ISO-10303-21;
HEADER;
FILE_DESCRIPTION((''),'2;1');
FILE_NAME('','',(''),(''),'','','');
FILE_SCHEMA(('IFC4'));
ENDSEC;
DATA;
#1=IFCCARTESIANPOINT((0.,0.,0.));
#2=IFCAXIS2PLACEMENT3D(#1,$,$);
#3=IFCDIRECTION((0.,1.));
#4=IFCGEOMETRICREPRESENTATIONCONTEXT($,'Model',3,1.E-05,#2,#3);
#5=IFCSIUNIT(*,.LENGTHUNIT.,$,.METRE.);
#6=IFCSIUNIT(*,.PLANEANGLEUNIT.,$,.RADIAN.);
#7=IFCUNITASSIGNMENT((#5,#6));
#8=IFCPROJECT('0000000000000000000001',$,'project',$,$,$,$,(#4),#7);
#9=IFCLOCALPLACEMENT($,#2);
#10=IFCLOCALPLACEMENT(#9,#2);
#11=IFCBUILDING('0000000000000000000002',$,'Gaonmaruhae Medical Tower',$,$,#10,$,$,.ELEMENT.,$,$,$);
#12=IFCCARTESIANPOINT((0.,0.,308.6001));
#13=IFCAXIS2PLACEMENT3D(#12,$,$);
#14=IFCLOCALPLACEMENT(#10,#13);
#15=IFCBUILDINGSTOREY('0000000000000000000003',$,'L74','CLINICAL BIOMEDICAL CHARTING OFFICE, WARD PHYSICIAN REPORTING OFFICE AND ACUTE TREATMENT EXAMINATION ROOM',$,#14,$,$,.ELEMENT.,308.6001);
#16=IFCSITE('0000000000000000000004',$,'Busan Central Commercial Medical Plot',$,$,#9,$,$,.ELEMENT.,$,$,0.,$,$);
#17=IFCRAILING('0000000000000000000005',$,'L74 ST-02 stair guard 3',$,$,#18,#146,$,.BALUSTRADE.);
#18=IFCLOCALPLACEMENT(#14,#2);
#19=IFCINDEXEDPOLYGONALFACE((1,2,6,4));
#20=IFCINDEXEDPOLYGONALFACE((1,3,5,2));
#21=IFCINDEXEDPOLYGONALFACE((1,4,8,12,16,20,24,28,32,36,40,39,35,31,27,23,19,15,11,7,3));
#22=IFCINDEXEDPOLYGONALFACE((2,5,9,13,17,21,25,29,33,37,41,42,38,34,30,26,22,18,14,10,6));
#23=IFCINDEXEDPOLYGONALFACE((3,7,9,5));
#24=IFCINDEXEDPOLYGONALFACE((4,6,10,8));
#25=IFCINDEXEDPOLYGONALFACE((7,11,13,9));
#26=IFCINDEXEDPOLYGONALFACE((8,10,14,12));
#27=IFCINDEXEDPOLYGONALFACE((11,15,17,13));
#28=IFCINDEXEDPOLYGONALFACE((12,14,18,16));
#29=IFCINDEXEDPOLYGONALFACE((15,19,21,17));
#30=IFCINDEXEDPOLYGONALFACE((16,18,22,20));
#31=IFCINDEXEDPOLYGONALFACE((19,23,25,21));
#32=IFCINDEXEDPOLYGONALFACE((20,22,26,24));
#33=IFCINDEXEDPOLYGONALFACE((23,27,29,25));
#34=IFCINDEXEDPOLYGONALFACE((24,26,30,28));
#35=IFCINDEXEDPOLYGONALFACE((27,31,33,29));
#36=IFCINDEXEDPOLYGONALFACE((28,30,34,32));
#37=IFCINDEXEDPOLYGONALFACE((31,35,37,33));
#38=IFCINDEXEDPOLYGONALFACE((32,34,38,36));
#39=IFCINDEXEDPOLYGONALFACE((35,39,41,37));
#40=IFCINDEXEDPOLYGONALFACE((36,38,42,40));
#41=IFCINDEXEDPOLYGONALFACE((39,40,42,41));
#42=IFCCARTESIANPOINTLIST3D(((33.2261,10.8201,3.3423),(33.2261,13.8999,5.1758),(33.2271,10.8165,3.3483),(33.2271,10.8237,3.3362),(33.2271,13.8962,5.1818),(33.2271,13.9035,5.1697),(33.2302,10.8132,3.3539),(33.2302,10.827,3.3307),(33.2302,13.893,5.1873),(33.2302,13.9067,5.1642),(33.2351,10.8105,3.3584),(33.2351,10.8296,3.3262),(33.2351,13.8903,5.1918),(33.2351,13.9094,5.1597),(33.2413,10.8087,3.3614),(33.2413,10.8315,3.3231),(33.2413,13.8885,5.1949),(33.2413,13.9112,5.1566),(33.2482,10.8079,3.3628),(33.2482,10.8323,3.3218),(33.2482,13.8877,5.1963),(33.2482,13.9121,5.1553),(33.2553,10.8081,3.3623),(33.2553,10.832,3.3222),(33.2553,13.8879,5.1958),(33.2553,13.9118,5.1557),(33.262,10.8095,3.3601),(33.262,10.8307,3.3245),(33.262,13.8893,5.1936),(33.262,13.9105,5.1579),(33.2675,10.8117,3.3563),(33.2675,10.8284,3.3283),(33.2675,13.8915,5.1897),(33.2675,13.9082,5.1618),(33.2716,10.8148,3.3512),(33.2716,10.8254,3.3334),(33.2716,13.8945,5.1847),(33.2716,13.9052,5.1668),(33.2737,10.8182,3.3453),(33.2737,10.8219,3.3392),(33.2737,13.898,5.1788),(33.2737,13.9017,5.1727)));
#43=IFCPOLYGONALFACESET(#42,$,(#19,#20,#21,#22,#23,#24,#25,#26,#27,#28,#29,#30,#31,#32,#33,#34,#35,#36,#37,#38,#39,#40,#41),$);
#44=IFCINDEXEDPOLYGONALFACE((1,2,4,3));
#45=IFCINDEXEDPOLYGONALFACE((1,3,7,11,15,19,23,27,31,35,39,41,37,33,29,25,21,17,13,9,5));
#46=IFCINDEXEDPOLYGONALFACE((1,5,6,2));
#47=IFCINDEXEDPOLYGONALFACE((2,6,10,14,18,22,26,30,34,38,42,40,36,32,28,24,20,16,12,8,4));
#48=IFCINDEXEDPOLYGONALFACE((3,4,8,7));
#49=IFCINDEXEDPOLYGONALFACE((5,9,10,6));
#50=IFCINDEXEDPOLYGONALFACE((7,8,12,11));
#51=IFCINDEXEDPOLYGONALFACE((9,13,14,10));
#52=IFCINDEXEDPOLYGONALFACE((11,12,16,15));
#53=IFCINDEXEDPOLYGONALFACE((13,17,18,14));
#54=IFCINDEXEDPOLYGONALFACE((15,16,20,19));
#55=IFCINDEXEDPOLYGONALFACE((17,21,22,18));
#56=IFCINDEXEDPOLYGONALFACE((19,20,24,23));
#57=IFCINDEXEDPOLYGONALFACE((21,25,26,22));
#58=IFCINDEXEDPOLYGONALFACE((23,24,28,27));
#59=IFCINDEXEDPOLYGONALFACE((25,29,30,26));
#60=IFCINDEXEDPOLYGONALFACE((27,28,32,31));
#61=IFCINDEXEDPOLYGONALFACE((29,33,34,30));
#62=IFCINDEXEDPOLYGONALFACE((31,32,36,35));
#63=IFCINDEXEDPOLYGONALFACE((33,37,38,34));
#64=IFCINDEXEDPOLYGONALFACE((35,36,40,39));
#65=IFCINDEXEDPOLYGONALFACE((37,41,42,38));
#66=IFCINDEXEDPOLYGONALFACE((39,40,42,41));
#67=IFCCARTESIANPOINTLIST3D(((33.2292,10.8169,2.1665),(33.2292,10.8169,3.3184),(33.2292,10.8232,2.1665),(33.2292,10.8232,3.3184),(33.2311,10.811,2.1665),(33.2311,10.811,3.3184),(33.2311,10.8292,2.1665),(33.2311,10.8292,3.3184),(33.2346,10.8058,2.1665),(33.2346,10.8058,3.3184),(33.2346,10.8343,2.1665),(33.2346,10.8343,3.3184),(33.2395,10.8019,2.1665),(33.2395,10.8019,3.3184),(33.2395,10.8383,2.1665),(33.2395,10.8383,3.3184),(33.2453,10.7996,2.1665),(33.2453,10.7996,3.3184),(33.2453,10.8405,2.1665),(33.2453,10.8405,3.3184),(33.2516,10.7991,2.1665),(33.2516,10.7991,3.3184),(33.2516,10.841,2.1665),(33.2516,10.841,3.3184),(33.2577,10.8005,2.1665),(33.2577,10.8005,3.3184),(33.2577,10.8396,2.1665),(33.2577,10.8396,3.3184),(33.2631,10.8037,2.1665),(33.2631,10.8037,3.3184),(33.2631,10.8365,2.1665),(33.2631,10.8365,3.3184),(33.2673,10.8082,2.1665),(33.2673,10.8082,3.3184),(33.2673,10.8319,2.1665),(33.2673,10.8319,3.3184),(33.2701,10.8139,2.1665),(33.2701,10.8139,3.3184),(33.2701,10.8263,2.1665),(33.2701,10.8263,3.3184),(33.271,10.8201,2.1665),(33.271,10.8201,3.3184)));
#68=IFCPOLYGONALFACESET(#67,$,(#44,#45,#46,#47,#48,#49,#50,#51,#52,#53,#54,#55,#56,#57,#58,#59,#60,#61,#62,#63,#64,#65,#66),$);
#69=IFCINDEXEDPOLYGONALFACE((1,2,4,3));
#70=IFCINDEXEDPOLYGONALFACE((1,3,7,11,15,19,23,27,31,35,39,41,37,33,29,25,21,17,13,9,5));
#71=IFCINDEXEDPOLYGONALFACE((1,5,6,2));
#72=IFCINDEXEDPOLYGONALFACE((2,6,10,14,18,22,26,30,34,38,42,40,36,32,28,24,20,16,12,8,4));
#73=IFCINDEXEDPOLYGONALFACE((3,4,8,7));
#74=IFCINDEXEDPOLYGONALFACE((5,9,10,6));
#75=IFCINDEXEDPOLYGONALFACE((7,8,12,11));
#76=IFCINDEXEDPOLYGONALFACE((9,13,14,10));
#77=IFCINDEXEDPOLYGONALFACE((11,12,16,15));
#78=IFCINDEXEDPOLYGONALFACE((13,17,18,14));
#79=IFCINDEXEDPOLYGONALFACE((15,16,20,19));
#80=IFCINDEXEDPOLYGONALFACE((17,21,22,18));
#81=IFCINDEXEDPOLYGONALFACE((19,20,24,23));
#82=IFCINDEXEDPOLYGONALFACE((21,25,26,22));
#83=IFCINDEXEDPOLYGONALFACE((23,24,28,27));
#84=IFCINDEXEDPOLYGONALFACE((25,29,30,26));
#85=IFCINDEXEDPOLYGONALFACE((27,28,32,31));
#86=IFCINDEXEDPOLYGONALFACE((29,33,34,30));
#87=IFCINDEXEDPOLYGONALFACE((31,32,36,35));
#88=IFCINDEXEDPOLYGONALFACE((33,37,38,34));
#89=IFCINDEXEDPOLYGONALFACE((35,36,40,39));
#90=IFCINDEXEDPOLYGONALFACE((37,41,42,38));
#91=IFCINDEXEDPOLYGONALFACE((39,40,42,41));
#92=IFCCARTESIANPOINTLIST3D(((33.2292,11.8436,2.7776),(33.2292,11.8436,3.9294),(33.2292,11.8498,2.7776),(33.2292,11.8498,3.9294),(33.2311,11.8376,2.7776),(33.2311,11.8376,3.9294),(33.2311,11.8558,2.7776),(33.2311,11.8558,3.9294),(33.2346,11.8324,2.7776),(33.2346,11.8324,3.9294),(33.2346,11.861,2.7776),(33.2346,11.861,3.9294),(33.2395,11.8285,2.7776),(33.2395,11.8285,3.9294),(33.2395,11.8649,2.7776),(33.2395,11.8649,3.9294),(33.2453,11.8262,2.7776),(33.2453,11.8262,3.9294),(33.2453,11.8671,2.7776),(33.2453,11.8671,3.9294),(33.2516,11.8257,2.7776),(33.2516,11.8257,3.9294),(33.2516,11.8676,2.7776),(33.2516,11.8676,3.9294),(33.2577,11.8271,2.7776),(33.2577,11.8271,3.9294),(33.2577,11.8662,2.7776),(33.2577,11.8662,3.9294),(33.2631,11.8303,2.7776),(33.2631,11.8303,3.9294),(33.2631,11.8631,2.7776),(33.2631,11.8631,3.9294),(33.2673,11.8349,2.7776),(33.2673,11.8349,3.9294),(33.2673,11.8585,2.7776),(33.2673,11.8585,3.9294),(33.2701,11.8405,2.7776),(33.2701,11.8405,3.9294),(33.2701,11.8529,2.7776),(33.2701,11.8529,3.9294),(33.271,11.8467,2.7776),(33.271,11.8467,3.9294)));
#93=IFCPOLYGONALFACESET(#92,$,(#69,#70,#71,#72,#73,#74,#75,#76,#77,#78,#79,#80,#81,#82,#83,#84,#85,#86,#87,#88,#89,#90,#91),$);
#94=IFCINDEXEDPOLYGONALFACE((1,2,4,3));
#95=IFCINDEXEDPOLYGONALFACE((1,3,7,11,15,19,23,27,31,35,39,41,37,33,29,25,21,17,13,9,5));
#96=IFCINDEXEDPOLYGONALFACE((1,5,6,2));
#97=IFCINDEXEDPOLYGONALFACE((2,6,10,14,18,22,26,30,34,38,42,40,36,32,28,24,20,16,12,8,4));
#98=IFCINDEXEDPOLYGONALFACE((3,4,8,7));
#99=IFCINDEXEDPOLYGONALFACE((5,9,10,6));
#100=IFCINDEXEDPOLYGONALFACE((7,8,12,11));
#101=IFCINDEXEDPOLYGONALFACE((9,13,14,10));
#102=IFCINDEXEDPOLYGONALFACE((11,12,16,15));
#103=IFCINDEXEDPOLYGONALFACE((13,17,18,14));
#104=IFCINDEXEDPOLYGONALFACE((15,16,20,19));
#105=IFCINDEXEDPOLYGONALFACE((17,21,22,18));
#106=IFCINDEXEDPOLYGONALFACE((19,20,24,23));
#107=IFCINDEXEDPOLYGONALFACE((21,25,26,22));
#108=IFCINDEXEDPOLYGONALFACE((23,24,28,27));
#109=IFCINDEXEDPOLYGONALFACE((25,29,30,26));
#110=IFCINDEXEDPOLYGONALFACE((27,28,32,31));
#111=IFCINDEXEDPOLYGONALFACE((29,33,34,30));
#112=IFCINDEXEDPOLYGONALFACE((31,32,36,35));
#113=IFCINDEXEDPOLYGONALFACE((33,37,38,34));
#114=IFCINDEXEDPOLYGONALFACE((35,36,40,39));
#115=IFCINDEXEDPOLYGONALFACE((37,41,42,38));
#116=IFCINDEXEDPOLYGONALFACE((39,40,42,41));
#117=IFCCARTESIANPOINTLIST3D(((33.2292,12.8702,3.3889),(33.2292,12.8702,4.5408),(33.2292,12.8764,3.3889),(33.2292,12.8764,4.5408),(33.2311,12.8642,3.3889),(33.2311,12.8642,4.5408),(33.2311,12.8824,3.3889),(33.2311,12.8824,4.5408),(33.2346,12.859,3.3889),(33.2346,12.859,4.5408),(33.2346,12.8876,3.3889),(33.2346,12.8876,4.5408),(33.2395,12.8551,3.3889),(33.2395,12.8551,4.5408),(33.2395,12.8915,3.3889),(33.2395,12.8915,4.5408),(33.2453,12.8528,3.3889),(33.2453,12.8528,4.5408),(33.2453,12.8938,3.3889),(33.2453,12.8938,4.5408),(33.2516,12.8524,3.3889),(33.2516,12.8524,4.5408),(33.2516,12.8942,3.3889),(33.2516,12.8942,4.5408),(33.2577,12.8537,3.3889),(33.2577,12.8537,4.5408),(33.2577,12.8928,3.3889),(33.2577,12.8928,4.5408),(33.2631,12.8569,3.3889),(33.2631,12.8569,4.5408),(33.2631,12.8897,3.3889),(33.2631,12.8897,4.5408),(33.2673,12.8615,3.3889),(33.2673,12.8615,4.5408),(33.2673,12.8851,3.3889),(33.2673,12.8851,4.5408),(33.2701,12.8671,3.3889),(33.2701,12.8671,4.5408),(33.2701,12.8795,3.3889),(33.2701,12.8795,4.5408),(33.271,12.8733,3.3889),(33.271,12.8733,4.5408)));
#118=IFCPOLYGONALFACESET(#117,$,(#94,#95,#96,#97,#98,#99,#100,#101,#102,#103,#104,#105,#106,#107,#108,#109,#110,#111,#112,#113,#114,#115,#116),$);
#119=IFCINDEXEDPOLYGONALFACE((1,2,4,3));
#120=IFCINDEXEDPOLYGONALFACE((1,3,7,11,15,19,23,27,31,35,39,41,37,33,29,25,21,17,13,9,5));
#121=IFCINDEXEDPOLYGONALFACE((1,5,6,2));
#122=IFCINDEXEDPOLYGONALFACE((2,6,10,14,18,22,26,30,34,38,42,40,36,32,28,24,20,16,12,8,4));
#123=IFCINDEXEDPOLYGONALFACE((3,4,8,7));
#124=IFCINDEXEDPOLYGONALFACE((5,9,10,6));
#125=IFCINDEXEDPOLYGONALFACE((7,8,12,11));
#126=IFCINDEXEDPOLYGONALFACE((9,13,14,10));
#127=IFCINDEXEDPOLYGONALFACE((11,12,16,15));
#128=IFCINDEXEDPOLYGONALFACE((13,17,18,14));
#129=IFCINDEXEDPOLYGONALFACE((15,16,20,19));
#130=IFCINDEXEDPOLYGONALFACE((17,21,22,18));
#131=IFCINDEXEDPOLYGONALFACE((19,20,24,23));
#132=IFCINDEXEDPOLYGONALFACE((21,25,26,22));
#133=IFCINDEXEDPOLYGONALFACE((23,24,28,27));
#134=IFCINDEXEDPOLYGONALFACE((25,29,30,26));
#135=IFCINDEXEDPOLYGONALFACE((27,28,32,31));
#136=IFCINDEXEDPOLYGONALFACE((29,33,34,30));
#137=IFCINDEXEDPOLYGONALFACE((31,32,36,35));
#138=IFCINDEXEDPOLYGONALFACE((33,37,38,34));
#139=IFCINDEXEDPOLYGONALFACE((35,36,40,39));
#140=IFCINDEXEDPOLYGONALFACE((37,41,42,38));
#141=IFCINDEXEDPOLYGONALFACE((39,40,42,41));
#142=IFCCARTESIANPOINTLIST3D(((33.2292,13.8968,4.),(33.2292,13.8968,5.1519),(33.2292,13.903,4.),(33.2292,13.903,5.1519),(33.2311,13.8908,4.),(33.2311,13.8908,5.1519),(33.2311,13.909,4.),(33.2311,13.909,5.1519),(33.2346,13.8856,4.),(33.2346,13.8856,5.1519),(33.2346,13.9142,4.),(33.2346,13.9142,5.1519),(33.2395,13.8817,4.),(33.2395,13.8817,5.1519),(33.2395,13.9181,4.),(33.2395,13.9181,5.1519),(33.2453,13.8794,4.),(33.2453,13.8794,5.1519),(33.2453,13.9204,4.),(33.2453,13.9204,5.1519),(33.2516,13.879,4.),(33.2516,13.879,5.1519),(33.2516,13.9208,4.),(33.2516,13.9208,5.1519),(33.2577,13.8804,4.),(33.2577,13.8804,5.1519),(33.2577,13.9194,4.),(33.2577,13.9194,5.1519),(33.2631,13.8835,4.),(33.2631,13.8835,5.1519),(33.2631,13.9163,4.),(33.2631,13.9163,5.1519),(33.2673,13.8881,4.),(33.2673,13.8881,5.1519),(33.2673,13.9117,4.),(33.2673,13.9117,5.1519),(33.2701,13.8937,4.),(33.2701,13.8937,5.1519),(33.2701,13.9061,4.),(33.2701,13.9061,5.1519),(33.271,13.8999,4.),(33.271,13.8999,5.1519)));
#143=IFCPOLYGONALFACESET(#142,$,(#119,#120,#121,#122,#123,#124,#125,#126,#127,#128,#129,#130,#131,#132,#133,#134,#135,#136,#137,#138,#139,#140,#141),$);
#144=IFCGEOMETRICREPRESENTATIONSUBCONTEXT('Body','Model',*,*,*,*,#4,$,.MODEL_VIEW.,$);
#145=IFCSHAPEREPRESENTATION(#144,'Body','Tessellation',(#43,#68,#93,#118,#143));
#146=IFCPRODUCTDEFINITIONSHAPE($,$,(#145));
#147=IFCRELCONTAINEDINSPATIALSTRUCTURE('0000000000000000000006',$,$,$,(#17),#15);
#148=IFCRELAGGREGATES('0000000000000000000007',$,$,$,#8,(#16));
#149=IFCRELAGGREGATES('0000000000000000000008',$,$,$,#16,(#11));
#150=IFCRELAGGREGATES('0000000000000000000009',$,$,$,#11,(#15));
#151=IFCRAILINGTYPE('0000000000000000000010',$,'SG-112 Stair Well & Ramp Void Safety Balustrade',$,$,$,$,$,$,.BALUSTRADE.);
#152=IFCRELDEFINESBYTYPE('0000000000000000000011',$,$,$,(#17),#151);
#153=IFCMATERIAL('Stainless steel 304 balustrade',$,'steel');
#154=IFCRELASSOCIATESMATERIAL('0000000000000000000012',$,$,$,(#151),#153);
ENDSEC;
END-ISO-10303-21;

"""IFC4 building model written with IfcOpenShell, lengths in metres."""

from ifc_helpers import new_model, si_unit, direction, frame, origin, origin_2d, place, context, subcontext, project, spatial, circle, extrude, material, type_object, element, save


model = new_model("IFC4")

# Units and contexts
model_context = context("Model", 3, precision=1e-05, world=origin(), true_north=direction((0.0, 1.0)))
body_context = subcontext(model_context, "Body", "Model", "MODEL_VIEW")
ifc_project = project(units=[si_unit("LENGTHUNIT", "METRE"), si_unit("PLANEANGLEUNIT", "RADIAN")], contexts=[model_context])

# Site, building, storey
site_placement = place(None, origin())
site = spatial("IfcSite", under=ifc_project, at=site_placement, Name="Busan Central Commercial Medical Plot", CompositionType="ELEMENT", RefElevation=0.0)
building_placement = place(site_placement, origin())
building = spatial("IfcBuilding", under=site, at=building_placement, Name="Gaonmaruhae Medical Tower", CompositionType="ELEMENT")
storey_placement = place(building_placement, frame((0.0, 0.0, 308.6001)))
storey = spatial("IfcBuildingStorey", under=building, at=storey_placement, Name="L74", Description="CLINICAL BIOMEDICAL CHARTING OFFICE, WARD PHYSICIAN REPORTING OFFICE AND ACUTE TREATMENT EXAMINATION ROOM", CompositionType="ELEMENT", Elevation=308.6001)

# Railing
ifc_material_1 = material(Name="Stainless steel 304 balustrade", Category="steel")
railing_type_1 = type_object("IfcRailingType", Name="SG-112 Stair Well & Ramp Void Safety Balustrade", PredefinedType="BALUSTRADE", material=ifc_material_1)
railing_1_placement = place(storey_placement, frame((33.25, 10.8201, 2.1665)))
element("IfcRailing", 1, at=railing_1_placement, inside=storey, type_object=railing_type_1, Name="L74 ST-02 stair guard 3", PredefinedType="BALUSTRADE", context=body_context, shape_type="SweptSolid", body=[
    extrude(circle(Radius=0.0239, at=origin_2d()), frame((0.0, 0.0, 1.1758), z_axis=(0.0, 0.859261, 0.511538), x_axis=(-1.0, 0.0, 0.0)), (0.0, 0.0, 1.0), 3.5842),
    extrude(circle(Radius=0.021, at=origin_2d()), origin(), (0.0, 0.0, 1.0), 1.1519),
    extrude(circle(Radius=0.021, at=origin_2d()), frame((0.0, 1.0266, 0.6111)), (0.0, 0.0, 1.0), 1.1519),
    extrude(circle(Radius=0.021, at=origin_2d()), frame((0.0, 2.0532, 1.2224)), (0.0, 0.0, 1.0), 1.1519),
    extrude(circle(Radius=0.021, at=origin_2d()), frame((0.0, 3.0798, 1.8335)), (0.0, 0.0, 1.0), 1.1519),
])

save(model, "model.ifc")
